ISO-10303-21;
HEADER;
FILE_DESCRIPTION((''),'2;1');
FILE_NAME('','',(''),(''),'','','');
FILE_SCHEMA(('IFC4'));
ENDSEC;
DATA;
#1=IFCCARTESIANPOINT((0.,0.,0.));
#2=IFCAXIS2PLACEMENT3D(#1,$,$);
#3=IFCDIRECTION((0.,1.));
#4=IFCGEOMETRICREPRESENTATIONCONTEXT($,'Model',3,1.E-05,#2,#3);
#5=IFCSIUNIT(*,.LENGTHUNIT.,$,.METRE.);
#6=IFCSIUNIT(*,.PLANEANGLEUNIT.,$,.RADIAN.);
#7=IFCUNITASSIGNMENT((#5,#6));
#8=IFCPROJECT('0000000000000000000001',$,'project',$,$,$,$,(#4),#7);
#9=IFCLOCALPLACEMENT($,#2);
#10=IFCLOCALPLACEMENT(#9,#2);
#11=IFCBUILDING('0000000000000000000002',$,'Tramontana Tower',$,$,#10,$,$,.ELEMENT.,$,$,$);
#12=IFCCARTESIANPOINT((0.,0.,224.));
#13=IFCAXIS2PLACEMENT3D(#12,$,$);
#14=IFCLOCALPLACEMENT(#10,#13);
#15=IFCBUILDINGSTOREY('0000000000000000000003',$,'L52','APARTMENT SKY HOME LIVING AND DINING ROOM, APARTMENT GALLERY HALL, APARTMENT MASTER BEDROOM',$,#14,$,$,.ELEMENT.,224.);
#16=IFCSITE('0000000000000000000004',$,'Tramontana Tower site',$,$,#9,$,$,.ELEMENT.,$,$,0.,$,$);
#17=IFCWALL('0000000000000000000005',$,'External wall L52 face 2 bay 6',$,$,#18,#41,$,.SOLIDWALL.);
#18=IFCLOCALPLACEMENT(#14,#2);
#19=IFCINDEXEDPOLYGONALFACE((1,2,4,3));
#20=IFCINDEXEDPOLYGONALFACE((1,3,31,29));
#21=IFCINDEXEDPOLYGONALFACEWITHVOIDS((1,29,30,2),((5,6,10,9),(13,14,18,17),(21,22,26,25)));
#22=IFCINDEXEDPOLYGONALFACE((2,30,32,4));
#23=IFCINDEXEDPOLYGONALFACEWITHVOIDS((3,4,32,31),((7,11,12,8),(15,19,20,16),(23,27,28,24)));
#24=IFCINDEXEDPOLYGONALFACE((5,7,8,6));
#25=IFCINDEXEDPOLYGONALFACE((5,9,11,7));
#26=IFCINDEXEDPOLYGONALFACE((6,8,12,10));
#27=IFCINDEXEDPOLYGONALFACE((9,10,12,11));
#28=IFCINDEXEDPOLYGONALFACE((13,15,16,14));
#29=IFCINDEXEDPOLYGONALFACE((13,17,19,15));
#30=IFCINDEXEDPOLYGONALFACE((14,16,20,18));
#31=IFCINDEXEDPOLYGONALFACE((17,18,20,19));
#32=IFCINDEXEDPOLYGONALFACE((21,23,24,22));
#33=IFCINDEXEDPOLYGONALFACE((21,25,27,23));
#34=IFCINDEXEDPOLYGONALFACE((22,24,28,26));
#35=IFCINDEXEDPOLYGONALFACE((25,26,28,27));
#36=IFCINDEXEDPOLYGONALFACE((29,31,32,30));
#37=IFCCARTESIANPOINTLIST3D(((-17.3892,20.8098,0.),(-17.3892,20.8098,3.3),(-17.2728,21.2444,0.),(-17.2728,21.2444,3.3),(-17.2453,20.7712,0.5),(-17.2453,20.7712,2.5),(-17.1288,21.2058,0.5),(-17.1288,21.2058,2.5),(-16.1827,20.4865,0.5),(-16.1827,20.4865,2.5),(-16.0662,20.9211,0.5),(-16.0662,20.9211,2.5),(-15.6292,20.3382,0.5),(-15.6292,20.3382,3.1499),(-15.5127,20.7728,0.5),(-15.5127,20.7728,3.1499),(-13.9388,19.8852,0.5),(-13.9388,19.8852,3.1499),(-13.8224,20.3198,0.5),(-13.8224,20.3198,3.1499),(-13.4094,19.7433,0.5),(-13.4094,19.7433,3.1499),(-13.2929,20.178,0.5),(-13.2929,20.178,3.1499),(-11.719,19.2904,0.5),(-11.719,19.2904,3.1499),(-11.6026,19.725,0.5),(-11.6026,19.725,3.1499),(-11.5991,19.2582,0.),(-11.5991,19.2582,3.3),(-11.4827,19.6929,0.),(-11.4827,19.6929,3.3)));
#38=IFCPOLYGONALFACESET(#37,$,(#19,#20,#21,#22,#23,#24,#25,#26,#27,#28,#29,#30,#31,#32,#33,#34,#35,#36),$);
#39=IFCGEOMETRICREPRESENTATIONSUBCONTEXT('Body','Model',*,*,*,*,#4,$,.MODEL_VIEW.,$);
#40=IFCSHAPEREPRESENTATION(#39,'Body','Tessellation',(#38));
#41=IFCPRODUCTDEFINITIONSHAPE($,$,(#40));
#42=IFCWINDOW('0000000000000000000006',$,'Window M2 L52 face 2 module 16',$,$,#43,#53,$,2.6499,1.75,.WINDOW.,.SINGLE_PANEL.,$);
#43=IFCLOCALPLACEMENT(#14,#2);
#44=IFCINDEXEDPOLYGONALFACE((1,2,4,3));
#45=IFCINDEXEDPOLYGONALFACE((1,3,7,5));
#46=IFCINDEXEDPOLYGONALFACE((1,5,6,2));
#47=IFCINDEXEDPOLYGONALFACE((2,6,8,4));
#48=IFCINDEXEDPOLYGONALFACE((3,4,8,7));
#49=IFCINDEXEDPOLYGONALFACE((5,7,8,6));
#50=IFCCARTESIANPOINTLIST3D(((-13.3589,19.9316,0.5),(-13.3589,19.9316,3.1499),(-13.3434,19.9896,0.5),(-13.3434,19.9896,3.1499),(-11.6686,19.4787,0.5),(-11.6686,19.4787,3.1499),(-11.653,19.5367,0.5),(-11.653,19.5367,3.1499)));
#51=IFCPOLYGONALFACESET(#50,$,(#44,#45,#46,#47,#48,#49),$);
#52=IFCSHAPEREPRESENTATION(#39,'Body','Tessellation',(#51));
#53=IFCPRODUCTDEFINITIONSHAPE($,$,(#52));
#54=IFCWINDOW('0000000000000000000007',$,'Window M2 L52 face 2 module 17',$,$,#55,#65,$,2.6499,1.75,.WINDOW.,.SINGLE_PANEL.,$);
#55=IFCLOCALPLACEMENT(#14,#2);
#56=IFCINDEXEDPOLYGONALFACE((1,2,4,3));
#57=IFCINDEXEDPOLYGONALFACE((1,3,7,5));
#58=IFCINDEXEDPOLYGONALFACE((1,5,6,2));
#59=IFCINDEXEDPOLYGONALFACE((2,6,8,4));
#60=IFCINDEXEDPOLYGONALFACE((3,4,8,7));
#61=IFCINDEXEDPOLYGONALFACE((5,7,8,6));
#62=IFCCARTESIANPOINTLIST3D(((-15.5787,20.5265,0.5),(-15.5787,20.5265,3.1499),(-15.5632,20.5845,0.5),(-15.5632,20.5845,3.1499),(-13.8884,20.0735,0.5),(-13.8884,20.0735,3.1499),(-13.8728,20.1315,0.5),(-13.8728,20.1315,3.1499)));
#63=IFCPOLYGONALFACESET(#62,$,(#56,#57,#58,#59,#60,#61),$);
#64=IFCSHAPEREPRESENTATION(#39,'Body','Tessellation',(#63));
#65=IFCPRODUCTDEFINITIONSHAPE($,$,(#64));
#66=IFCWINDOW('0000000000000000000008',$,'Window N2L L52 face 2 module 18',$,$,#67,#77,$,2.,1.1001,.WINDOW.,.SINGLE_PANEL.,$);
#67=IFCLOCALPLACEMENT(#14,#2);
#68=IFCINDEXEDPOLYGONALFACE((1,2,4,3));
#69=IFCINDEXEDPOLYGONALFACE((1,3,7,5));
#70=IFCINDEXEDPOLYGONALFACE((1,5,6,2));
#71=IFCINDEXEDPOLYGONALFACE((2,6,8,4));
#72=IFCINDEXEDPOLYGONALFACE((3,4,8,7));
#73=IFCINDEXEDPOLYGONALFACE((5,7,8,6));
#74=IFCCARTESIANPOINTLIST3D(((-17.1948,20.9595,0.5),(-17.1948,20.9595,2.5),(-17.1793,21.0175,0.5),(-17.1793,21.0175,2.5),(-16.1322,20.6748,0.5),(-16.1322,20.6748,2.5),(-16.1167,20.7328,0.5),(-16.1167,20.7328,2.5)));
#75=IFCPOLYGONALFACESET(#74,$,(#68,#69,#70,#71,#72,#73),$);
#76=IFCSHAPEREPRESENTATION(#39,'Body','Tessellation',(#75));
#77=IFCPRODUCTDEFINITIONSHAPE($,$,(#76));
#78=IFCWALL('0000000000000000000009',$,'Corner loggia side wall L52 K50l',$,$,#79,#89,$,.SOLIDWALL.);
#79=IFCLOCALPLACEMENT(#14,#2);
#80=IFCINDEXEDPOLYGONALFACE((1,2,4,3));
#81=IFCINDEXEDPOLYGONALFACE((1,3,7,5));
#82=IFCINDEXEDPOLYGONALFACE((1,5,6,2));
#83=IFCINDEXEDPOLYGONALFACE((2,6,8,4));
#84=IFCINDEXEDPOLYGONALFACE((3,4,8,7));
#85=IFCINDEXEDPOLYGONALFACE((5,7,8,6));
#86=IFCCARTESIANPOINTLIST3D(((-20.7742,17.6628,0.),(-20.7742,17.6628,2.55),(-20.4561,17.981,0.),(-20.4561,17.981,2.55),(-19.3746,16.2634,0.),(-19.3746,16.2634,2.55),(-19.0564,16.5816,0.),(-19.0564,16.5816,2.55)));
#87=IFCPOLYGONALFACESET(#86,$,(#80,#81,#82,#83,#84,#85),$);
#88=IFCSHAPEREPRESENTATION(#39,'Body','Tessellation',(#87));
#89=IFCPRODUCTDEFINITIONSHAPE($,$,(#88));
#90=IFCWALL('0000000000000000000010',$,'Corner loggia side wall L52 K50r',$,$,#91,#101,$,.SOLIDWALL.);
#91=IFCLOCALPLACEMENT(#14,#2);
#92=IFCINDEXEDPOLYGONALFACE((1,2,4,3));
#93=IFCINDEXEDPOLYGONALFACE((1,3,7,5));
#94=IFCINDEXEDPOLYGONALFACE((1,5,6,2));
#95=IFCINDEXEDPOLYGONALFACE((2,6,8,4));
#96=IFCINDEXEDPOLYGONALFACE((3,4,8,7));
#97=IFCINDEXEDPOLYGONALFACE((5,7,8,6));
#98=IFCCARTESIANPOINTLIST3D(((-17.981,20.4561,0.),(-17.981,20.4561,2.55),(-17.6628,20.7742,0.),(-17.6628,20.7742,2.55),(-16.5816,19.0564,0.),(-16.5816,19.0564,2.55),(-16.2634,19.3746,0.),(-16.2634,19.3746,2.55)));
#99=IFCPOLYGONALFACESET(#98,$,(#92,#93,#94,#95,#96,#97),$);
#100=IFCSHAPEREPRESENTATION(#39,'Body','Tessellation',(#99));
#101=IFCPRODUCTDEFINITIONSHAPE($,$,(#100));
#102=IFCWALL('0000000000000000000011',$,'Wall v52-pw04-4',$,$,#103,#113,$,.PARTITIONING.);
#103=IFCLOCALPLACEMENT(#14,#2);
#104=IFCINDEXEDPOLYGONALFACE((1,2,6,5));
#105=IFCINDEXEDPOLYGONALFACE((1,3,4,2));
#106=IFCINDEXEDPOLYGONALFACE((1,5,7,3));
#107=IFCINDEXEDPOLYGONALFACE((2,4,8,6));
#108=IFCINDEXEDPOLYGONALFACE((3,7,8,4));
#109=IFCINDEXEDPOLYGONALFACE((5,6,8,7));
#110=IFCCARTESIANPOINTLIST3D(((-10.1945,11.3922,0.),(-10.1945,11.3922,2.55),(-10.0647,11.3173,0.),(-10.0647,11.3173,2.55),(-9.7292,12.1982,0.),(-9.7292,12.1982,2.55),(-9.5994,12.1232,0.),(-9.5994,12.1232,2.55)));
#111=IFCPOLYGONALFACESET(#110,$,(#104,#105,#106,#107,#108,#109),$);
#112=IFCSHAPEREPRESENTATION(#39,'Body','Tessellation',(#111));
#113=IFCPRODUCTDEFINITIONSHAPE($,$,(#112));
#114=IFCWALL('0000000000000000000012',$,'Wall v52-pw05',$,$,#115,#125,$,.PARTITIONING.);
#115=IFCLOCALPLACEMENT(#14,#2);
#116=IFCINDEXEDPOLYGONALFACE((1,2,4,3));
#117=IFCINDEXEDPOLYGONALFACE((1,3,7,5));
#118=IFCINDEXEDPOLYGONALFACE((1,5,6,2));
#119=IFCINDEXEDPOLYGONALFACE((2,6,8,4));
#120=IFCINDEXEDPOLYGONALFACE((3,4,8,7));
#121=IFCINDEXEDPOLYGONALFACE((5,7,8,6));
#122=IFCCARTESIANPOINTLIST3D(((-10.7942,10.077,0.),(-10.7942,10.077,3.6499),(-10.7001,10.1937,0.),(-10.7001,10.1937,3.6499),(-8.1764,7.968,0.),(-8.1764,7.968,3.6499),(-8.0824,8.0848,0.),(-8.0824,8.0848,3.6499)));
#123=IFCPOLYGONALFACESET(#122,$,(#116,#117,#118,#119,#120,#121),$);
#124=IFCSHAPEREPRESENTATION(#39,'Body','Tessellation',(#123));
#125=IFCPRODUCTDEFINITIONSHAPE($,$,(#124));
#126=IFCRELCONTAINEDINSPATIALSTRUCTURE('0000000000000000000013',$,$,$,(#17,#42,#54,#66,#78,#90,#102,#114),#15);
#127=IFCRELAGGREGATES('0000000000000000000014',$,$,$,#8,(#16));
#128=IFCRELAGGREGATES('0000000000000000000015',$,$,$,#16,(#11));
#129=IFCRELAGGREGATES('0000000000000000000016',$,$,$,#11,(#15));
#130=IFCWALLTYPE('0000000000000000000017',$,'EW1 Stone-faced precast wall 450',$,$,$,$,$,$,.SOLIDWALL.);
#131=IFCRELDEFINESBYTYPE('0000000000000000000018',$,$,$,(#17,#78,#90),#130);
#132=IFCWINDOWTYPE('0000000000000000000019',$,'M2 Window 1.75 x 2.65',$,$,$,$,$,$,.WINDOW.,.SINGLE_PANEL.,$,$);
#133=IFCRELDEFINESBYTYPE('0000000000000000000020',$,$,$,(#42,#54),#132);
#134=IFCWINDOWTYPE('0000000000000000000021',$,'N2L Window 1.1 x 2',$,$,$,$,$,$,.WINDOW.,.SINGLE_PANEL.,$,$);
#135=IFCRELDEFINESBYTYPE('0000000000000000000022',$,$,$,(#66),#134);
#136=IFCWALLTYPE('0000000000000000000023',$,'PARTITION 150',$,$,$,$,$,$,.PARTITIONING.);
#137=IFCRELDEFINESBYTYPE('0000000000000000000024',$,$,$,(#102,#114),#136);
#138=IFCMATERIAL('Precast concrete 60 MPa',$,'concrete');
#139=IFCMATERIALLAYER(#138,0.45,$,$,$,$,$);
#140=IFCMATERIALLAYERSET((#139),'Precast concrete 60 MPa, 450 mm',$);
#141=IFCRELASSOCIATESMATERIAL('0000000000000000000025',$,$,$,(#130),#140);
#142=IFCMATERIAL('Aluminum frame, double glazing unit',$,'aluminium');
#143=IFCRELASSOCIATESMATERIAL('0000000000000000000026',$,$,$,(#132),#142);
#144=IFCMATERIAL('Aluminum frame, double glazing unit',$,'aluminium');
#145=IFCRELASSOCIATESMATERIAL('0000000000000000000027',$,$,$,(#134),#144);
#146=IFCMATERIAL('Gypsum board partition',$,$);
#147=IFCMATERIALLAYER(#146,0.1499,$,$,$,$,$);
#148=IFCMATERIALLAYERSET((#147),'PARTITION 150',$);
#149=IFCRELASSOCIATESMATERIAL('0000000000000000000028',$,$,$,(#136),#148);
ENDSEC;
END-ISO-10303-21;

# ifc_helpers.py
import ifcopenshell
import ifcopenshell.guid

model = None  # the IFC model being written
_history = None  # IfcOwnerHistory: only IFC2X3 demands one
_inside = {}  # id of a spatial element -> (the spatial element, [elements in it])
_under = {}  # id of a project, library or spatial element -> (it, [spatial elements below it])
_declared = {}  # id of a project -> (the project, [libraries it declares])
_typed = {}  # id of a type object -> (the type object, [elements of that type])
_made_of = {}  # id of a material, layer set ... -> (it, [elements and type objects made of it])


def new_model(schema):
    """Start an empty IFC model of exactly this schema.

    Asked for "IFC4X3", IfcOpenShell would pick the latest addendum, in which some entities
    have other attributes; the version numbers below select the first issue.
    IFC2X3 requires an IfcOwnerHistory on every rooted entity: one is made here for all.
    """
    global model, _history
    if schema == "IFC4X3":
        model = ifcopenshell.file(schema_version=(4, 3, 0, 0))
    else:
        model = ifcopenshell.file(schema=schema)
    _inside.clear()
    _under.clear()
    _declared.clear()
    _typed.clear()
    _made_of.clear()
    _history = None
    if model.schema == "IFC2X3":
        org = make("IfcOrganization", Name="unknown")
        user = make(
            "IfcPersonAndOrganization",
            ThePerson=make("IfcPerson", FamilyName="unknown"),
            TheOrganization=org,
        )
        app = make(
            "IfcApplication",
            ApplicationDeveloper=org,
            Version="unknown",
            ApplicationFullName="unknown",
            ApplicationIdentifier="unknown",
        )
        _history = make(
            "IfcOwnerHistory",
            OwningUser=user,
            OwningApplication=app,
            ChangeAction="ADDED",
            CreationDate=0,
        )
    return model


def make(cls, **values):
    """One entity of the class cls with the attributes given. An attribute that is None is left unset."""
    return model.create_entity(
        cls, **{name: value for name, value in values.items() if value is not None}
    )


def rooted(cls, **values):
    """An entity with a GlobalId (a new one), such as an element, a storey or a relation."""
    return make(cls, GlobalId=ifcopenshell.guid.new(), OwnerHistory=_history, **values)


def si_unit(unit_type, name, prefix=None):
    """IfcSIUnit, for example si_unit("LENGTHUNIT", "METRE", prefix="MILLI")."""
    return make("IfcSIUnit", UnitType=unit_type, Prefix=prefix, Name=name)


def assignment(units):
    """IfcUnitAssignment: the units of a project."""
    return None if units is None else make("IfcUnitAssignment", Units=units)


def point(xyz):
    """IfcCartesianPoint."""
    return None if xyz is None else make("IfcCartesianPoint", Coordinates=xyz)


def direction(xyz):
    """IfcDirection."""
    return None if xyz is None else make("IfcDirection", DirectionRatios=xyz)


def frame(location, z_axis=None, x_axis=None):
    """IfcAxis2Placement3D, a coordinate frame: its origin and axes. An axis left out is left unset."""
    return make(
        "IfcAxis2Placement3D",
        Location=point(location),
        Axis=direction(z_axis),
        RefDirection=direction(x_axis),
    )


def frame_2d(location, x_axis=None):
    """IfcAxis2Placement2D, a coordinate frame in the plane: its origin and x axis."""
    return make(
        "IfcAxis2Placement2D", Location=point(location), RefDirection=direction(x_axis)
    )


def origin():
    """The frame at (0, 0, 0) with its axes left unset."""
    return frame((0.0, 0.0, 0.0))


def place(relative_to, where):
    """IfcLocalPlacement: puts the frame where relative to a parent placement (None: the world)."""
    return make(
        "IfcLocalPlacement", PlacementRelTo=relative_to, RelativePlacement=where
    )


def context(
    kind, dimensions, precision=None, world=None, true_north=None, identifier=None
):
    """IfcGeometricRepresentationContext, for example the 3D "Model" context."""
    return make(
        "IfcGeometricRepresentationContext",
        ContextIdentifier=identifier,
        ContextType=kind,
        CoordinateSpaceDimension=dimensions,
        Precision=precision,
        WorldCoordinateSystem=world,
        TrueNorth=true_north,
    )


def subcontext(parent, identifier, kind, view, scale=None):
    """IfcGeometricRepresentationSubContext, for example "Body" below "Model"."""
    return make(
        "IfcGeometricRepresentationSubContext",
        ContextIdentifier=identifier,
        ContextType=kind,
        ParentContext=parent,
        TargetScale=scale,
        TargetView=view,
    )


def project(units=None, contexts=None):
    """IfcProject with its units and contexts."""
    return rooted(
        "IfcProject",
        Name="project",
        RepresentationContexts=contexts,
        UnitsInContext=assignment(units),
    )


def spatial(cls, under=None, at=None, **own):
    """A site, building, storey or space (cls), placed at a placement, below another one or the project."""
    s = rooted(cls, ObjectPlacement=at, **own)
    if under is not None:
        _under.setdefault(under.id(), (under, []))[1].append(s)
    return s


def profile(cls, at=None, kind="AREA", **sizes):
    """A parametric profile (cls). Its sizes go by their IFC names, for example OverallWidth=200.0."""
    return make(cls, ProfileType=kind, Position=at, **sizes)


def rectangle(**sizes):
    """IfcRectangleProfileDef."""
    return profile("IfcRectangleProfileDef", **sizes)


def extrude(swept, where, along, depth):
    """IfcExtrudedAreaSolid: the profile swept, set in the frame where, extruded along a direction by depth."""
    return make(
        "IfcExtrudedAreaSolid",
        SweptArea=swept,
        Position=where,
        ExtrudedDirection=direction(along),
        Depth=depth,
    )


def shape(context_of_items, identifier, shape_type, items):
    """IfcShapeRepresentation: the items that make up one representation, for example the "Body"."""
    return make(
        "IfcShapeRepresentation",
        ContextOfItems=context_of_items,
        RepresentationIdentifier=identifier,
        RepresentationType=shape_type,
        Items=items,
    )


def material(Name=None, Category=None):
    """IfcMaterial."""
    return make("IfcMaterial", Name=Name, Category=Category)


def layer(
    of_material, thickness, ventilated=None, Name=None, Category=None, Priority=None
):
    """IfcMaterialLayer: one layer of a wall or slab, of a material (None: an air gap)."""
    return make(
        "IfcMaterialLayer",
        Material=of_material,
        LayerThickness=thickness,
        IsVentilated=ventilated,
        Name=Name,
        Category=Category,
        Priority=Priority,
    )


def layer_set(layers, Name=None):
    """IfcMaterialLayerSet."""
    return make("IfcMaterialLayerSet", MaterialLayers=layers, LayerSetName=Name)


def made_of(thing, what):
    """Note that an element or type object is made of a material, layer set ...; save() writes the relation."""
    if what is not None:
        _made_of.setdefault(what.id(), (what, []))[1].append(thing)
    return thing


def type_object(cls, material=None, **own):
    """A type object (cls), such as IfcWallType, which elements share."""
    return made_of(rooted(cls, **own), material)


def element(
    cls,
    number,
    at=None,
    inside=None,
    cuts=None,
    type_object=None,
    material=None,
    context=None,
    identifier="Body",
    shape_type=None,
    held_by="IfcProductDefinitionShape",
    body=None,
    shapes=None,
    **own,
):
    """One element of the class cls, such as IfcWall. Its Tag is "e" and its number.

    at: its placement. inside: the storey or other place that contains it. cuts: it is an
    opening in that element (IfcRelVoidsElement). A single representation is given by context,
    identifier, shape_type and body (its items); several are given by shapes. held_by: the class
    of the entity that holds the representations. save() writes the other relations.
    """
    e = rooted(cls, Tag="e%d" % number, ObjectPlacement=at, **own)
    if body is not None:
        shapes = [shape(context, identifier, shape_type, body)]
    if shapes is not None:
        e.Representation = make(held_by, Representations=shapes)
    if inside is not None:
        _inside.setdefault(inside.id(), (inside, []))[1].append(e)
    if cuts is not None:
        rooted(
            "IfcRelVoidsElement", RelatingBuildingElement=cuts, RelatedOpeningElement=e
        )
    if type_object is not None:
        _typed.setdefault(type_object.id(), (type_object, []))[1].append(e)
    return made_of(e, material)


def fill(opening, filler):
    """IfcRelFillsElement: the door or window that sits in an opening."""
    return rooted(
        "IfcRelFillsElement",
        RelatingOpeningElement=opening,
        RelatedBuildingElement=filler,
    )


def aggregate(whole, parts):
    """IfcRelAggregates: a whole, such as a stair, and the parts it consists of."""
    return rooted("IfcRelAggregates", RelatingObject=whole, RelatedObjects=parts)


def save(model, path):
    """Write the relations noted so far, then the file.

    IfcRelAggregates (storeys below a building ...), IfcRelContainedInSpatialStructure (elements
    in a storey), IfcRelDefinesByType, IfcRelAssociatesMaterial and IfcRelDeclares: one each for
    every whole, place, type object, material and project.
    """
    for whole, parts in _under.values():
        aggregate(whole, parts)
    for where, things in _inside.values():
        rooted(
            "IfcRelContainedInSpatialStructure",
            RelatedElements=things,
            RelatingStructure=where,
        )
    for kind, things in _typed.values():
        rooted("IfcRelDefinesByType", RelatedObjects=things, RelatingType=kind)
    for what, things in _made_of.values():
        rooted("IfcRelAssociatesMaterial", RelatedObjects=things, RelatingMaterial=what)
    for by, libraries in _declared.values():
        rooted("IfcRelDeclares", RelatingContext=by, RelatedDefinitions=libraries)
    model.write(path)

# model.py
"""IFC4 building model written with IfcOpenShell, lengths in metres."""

from ifc_helpers import new_model, si_unit, direction, frame, frame_2d, origin, place, context, subcontext, project, spatial, rectangle, extrude, material, layer, layer_set, type_object, element, fill, save


model = new_model("IFC4")

# Units and contexts
model_context = context("Model", 3, precision=1e-05, world=origin(), true_north=direction((0.0, 1.0)))
body_context = subcontext(model_context, "Body", "Model", "MODEL_VIEW")
ifc_project = project(units=[si_unit("LENGTHUNIT", "METRE"), si_unit("PLANEANGLEUNIT", "RADIAN")], contexts=[model_context])

# Site, building, storey
site_placement = place(None, origin())
site = spatial("IfcSite", under=ifc_project, at=site_placement, Name="Tramontana Tower site", CompositionType="ELEMENT", RefElevation=0.0)
building_placement = place(site_placement, origin())
building = spatial("IfcBuilding", under=site, at=building_placement, Name="Tramontana Tower", CompositionType="ELEMENT")
storey_placement = place(building_placement, frame((0.0, 0.0, 224.0)))
storey = spatial("IfcBuildingStorey", under=building, at=storey_placement, Name="L52", Description="APARTMENT SKY HOME LIVING AND DINING ROOM, APARTMENT GALLERY HALL, APARTMENT MASTER BEDROOM", CompositionType="ELEMENT", Elevation=224.0)

# Shared definitions
ifc_material_1 = material(Name="Precast concrete 60 MPa", Category="concrete")
ifc_layer_1 = layer(ifc_material_1, 0.45)
ifc_layer_set_1 = layer_set([ifc_layer_1], Name="Precast concrete 60 MPa, 450 mm")
wall_type_1 = type_object("IfcWallType", Name="EW1 Stone-faced precast wall 450", PredefinedType="SOLIDWALL", material=ifc_layer_set_1)
ifc_material_2 = material(Name="Aluminum frame, double glazing unit", Category="aluminium")
window_type_1 = type_object("IfcWindowType", Name="M2 Window 1.75 x 2.65", PartitioningType="SINGLE_PANEL", PredefinedType="WINDOW", material=ifc_material_2)
ifc_material_3 = material(Name="Aluminum frame, double glazing unit", Category="aluminium")
window_type_2 = type_object("IfcWindowType", Name="N2L Window 1.1 x 2", PartitioningType="SINGLE_PANEL", PredefinedType="WINDOW", material=ifc_material_3)

# Wall, openings, windows
wall_1_placement = place(storey_placement, frame((-11.541, 19.4756, 0.0), z_axis=(0.0, 0.0, 1.0), x_axis=(-0.965923, 0.258831, 0.0)))
wall_1 = element("IfcWall", 1, at=wall_1_placement, inside=storey, type_object=wall_type_1, Name="External wall L52 face 2 bay 6", PredefinedType="SOLIDWALL", context=body_context, shape_type="SweptSolid", body=[
    extrude(rectangle(XDim=5.9944, YDim=0.45, at=frame_2d((2.9971, 0.0))), origin(), (0.0, 0.0, 1.0), 3.3),
])
opening_1_placement = place(wall_1_placement, frame((0.124, 0.0, 0.5)))
opening_1 = element("IfcOpeningElement", 2, at=opening_1_placement, cuts=wall_1, PredefinedType="OPENING", context=body_context, shape_type="SweptSolid", body=[
    extrude(rectangle(XDim=1.75, YDim=2.6499, at=frame_2d((0.875, 1.325))), frame((0.0, 0.2349, 0.0), z_axis=(0.0, -1.0, 0.0), x_axis=(1.0, 0.0, 0.0)), (0.0, 0.0, 1.0), 0.47),
])
opening_2_placement = place(wall_1_placement, frame((2.4221, 0.0, 0.5)))
opening_2 = element("IfcOpeningElement", 3, at=opening_2_placement, cuts=wall_1, PredefinedType="OPENING", context=body_context, shape_type="SweptSolid", body=[
    extrude(rectangle(XDim=1.75, YDim=2.6499, at=frame_2d((0.875, 1.325))), frame((0.0, 0.2349, 0.0), z_axis=(0.0, -1.0, 0.0), x_axis=(1.0, 0.0, 0.0)), (0.0, 0.0, 1.0), 0.47),
])
opening_3_placement = place(wall_1_placement, frame((4.7451, 0.0, 0.5)))
opening_3 = element("IfcOpeningElement", 4, at=opening_3_placement, cuts=wall_1, PredefinedType="OPENING", context=body_context, shape_type="SweptSolid", body=[
    extrude(rectangle(XDim=1.1001, YDim=2.0, at=frame_2d((0.55, 1.0))), frame((0.0, 0.2349, 0.0), z_axis=(0.0, -1.0, 0.0), x_axis=(1.0, 0.0, 0.0)), (0.0, 0.0, 1.0), 0.47),
])
window_1_placement = place(opening_1_placement, origin())
window_1 = element("IfcWindow", 5, at=window_1_placement, inside=storey, type_object=window_type_1, Name="Window M2 L52 face 2 module 16", OverallHeight=2.6499, OverallWidth=1.75, PartitioningType="SINGLE_PANEL", PredefinedType="WINDOW", context=body_context, shape_type="SweptSolid", body=[
    extrude(rectangle(XDim=1.75, YDim=2.6499, at=frame_2d((0.875, 1.325))), frame((0.0, 0.03, 0.0), z_axis=(0.0, -1.0, 0.0), x_axis=(1.0, 0.0, 0.0)), (0.0, 0.0, 1.0), 0.0601),
])
fill(opening_1, window_1)
window_2_placement = place(opening_2_placement, origin())
window_2 = element("IfcWindow", 6, at=window_2_placement, inside=storey, type_object=window_type_1, Name="Window M2 L52 face 2 module 17", OverallHeight=2.6499, OverallWidth=1.75, PartitioningType="SINGLE_PANEL", PredefinedType="WINDOW", context=body_context, shape_type="SweptSolid", body=[
    extrude(rectangle(XDim=1.75, YDim=2.6499, at=frame_2d((0.875, 1.325))), frame((0.0, 0.03, 0.0), z_axis=(0.0, -1.0, 0.0), x_axis=(1.0, 0.0, 0.0)), (0.0, 0.0, 1.0), 0.0601),
])
fill(opening_2, window_2)
window_3_placement = place(opening_3_placement, origin())
window_3 = element("IfcWindow", 7, at=window_3_placement, inside=storey, type_object=window_type_2, Name="Window N2L L52 face 2 module 18", OverallHeight=2.0, OverallWidth=1.1001, PartitioningType="SINGLE_PANEL", PredefinedType="WINDOW", context=body_context, shape_type="SweptSolid", body=[
    extrude(rectangle(XDim=1.1001, YDim=2.0, at=frame_2d((0.55, 1.0))), frame((0.0, 0.03, 0.0), z_axis=(0.0, -1.0, 0.0), x_axis=(1.0, 0.0, 0.0)), (0.0, 0.0, 1.0), 0.0601),
])
fill(opening_3, window_3)

# Walls
for number, where, z_axis, x_axis, name in (
    (8, (-20.6152, 17.822, 0.0), (0.0, 0.0, 1.0), (0.707168, -0.707045, 0.0), "Corner loggia side wall L52 K50l"),
    (9, (-17.822, 20.6152, 0.0), (0.0, 0.0, 1.0), (0.707045, -0.707168, 0.0), "Corner loggia side wall L52 K50r"),
):
    element("IfcWall", number, at=place(storey_placement, frame(where, z_axis=z_axis, x_axis=x_axis)), inside=storey, type_object=wall_type_1, Name=name, PredefinedType="SOLIDWALL", context=body_context, shape_type="SweptSolid", body=[
        extrude(rectangle(XDim=1.9792, YDim=0.45, at=frame_2d((0.9897, 0.0))), origin(), (0.0, 0.0, 1.0), 2.55),
    ])

# Walls
ifc_material_4 = material(Name="Gypsum board partition")
ifc_layer_2 = layer(ifc_material_4, 0.1499)
ifc_layer_set_2 = layer_set([ifc_layer_2], Name="PARTITION 150")
wall_type_2 = type_object("IfcWallType", Name="PARTITION 150", PredefinedType="PARTITIONING", material=ifc_layer_set_2)
wall_2_placement = place(storey_placement, frame((-10.1296, 11.3547, 0.0), z_axis=(0.0, 0.0, 1.0), x_axis=(0.500033, 0.866006, 0.0)))
element("IfcWall", 10, at=wall_2_placement, inside=storey, type_object=wall_type_2, Name="Wall v52-pw04-4", PredefinedType="PARTITIONING", context=body_context, shape_type="SweptSolid", body=[
    extrude(rectangle(XDim=0.9307, YDim=0.1499, at=frame_2d((0.4653, 0.0))), origin(), (0.0, 0.0, 1.0), 2.55),
])
wall_3_placement = place(storey_placement, frame((-10.7471, 10.1353, 0.0), z_axis=(0.0, 0.0, 1.0), x_axis=(0.778724, -0.627366, 0.0)))
element("IfcWall", 11, at=wall_3_placement, inside=storey, type_object=wall_type_2, Name="Wall v52-pw05", PredefinedType="PARTITIONING", context=body_context, shape_type="SweptSolid", body=[
    extrude(rectangle(XDim=3.3616, YDim=0.1499, at=frame_2d((1.6807, 0.0))), origin(), (0.0, 0.0, 1.0), 3.6499),
])

save(model, "model.ifc")
